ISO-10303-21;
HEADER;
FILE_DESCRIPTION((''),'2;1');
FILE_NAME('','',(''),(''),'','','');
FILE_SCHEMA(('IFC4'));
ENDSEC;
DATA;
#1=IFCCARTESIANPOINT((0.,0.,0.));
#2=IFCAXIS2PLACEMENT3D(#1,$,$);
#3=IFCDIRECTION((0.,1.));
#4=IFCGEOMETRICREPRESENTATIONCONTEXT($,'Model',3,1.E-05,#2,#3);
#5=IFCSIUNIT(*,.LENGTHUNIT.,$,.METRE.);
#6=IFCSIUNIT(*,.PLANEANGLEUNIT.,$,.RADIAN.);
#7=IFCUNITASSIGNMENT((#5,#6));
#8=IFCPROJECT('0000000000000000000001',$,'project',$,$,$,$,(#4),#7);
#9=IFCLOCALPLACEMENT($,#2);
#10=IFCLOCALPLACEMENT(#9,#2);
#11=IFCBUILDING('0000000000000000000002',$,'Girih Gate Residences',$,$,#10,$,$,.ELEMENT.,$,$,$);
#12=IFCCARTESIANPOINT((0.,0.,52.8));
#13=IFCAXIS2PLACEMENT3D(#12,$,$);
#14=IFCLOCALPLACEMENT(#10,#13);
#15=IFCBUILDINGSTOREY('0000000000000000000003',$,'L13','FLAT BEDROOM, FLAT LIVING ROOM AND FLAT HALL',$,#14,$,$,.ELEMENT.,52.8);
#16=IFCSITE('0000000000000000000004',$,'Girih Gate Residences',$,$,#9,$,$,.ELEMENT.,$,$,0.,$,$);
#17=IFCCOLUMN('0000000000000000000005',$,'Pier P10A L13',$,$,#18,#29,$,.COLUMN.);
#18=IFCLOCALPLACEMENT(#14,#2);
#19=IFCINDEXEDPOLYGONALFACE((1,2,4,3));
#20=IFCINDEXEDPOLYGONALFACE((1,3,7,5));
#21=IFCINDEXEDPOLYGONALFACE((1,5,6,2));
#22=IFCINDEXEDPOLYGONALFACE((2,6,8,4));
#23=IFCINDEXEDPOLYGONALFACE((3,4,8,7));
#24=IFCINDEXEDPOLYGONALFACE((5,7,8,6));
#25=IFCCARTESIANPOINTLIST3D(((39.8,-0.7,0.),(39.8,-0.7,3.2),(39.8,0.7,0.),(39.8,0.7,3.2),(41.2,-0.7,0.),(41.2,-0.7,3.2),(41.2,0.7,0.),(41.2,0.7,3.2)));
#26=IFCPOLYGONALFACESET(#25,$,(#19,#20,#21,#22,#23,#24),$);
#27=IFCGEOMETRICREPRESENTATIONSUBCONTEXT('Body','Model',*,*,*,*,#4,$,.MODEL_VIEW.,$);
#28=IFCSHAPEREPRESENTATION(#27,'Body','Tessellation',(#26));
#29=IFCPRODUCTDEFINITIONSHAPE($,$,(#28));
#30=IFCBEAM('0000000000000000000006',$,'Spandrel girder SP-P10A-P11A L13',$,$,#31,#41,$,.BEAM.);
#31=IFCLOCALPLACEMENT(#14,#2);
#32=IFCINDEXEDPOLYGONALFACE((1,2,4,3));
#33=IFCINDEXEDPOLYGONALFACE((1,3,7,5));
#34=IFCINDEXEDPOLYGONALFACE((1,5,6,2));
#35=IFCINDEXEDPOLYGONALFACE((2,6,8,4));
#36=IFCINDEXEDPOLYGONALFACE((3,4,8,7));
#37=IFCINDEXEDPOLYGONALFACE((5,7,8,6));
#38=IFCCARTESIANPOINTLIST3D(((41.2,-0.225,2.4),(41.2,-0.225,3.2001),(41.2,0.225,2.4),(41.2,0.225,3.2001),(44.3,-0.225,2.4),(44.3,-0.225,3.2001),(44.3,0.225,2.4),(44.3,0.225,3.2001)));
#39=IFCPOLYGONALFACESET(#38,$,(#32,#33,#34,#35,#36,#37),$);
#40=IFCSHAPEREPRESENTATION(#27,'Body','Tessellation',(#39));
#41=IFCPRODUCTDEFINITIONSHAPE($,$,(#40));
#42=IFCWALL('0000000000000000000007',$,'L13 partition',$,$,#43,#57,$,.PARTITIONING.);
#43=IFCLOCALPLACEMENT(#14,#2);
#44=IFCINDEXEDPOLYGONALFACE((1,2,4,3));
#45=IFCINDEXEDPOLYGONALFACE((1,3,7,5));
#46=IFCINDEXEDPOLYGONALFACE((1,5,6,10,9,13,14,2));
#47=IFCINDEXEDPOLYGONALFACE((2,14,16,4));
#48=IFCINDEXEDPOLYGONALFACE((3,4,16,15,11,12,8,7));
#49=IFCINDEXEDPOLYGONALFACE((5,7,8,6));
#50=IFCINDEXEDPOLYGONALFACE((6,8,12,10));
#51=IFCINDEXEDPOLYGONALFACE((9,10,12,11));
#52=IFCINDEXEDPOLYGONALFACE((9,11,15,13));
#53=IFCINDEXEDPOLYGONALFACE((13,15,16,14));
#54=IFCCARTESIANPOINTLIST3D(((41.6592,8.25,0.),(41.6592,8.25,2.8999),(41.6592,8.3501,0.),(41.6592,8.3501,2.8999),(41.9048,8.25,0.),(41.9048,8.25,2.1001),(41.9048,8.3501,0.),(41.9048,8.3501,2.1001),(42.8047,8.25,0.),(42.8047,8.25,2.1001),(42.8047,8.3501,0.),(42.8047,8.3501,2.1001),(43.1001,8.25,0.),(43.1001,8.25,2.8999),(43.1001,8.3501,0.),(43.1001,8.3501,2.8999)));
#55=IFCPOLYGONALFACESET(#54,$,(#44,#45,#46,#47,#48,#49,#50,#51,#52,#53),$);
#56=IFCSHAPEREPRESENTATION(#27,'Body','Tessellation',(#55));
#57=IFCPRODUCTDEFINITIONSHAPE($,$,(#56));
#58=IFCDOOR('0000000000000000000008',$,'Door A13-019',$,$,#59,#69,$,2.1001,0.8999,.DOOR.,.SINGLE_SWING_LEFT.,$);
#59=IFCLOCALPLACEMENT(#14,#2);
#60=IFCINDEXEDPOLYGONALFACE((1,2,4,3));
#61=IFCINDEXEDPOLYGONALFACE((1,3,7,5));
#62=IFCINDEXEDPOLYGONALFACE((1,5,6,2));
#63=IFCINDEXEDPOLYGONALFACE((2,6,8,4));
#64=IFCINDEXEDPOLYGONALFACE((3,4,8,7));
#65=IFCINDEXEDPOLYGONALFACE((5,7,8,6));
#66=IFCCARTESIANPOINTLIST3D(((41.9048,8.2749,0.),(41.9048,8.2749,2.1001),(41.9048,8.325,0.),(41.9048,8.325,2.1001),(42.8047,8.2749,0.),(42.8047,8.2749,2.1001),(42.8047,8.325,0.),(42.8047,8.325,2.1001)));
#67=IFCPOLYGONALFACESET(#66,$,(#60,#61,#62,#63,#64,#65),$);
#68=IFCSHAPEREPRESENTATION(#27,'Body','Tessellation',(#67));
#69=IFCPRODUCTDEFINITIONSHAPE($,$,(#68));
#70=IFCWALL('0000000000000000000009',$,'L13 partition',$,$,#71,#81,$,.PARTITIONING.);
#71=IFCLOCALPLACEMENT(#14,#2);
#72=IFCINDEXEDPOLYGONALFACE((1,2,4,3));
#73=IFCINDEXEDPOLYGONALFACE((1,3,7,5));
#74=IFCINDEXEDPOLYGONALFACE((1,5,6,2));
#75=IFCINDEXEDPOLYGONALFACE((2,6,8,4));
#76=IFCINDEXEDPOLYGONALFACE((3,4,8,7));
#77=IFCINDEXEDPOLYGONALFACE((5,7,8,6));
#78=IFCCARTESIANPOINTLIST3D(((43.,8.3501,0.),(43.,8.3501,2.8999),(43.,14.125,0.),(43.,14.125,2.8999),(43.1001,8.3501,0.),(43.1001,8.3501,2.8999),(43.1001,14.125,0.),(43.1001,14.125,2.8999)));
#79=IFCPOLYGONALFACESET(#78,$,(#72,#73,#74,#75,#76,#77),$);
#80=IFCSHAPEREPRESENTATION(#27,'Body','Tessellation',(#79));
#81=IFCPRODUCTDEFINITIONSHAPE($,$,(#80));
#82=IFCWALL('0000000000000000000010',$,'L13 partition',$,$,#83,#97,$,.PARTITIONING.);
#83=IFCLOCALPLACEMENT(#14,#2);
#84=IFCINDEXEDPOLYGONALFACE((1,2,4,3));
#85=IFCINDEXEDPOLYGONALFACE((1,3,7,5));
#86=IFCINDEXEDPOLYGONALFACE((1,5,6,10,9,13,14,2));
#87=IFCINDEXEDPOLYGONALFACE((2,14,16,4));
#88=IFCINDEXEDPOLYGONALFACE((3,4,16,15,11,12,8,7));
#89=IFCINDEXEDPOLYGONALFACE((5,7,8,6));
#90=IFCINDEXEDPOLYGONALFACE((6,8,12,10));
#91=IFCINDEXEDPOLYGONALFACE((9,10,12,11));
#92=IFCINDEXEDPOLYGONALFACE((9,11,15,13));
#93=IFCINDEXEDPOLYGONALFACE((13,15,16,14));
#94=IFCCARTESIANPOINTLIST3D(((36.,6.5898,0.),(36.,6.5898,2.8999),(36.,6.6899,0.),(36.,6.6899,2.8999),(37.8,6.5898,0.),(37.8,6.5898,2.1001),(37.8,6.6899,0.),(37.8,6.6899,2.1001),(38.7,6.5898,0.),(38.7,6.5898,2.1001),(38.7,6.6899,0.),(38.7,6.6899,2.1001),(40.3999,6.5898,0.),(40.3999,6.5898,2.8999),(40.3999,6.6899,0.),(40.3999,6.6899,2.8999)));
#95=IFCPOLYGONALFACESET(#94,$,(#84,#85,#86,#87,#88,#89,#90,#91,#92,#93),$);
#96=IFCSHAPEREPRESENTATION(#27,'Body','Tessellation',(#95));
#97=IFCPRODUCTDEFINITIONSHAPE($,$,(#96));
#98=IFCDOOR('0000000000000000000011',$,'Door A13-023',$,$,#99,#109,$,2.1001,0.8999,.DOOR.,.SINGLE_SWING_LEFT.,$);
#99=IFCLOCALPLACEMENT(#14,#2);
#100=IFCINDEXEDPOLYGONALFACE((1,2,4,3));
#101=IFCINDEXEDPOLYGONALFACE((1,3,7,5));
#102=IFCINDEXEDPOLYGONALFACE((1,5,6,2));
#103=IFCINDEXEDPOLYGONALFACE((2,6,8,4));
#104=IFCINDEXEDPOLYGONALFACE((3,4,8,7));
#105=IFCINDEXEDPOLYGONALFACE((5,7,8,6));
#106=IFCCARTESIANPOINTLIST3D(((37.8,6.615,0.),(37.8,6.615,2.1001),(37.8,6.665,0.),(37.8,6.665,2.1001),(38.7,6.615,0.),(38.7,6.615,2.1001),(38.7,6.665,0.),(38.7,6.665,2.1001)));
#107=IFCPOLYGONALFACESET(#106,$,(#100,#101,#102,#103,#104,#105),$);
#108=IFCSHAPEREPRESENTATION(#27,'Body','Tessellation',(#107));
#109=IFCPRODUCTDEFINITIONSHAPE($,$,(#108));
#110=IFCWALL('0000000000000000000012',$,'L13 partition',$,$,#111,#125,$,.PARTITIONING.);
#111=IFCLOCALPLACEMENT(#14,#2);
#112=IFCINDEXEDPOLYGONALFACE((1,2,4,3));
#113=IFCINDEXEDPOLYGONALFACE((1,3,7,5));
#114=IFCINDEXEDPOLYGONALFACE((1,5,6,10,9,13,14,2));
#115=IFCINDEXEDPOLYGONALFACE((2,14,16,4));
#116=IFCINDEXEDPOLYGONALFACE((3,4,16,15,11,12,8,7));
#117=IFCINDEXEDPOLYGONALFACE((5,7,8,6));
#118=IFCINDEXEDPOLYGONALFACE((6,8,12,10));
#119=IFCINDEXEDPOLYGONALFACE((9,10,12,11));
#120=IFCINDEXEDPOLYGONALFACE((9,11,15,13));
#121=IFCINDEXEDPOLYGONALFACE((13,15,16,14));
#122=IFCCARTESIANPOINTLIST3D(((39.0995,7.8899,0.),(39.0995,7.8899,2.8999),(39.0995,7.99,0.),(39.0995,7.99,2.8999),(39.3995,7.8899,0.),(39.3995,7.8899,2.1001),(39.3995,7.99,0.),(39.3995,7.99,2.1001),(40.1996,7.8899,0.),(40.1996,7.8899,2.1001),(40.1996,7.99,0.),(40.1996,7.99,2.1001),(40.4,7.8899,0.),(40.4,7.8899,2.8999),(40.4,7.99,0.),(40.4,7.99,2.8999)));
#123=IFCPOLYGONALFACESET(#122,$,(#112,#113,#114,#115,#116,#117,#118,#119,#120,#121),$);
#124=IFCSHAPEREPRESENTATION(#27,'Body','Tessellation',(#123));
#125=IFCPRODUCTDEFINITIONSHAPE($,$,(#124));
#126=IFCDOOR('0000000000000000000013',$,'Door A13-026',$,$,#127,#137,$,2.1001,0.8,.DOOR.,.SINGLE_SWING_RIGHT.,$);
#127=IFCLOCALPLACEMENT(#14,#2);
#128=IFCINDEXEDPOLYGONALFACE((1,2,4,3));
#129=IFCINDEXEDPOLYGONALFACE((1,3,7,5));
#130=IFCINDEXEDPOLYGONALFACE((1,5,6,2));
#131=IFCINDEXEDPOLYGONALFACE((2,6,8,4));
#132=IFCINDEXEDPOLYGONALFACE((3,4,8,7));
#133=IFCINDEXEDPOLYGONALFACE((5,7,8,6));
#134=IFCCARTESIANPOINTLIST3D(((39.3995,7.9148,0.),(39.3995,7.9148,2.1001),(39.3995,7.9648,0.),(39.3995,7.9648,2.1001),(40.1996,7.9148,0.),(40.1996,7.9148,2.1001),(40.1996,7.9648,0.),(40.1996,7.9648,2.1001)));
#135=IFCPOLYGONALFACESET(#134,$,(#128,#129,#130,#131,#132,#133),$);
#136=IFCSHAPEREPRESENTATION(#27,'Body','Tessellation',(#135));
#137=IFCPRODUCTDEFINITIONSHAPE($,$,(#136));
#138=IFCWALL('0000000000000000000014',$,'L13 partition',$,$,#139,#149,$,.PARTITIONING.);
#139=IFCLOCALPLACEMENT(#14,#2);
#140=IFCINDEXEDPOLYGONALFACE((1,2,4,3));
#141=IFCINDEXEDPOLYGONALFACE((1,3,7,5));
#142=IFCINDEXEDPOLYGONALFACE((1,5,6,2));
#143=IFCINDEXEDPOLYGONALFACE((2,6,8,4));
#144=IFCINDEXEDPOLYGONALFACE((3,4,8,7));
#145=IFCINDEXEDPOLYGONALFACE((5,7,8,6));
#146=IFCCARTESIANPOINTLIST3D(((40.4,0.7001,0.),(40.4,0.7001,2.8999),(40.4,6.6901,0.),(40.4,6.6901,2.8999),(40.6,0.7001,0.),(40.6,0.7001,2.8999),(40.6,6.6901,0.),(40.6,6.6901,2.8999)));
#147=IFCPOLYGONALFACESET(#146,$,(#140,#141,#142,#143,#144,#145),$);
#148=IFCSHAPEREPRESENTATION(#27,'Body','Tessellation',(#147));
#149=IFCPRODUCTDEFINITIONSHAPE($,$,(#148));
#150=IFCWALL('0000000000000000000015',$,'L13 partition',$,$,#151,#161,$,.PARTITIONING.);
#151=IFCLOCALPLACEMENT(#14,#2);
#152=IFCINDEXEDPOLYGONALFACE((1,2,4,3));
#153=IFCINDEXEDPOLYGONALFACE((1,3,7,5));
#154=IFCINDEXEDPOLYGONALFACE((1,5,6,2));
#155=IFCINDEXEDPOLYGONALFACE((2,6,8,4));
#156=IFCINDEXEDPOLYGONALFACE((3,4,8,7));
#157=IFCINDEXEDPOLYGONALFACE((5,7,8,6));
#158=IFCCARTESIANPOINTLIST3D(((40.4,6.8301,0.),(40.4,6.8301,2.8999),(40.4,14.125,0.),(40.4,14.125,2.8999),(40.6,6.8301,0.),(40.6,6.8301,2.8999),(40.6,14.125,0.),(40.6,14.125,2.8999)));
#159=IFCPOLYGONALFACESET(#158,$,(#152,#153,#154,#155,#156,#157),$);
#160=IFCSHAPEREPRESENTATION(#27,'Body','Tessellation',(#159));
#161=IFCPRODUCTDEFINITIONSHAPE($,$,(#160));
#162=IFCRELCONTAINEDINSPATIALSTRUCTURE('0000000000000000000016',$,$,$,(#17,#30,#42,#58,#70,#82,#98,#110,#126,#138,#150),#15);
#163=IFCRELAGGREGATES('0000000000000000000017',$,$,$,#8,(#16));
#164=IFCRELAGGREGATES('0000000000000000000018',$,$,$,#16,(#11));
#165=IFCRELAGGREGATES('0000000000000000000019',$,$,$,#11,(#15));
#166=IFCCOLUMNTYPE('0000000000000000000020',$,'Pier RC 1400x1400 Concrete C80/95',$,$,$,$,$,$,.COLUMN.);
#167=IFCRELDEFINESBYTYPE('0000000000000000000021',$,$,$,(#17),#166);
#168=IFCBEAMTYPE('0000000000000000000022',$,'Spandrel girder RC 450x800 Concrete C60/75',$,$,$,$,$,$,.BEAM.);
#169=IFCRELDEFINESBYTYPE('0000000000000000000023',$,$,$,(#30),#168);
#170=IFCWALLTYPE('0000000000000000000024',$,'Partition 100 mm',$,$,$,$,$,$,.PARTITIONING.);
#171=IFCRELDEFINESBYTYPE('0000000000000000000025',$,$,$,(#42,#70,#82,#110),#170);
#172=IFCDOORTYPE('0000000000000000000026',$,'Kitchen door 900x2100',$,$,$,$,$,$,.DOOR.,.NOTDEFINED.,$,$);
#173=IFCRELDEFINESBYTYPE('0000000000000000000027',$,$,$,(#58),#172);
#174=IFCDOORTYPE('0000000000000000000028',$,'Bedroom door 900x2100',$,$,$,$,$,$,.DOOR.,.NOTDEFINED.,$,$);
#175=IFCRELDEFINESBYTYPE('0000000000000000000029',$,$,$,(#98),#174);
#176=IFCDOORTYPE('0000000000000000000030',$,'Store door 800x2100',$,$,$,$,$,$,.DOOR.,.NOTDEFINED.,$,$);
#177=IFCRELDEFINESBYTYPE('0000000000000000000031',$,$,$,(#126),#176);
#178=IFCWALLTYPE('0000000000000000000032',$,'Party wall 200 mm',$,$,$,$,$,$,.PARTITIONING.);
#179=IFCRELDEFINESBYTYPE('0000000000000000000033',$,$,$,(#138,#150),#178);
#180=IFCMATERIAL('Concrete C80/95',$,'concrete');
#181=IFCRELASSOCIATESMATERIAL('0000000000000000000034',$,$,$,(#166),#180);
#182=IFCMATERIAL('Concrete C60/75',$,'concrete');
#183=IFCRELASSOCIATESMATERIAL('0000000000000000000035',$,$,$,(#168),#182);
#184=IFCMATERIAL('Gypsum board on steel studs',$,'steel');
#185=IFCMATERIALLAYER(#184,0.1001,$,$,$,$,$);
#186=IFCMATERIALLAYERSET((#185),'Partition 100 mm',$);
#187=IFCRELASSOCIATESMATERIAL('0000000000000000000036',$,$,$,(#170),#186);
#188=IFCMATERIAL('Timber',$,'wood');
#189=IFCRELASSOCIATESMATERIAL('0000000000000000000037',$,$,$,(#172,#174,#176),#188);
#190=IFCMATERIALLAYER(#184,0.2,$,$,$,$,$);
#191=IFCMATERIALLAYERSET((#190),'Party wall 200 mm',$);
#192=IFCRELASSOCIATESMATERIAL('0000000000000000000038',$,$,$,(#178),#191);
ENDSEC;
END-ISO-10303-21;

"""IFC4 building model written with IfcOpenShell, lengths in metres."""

from ifc_helpers import new_model, si_unit, direction, frame, frame_2d, origin, origin_2d, place, context, subcontext, project, spatial, rectangle, extrude, material, layer, layer_set, material_profile, profile_set, type_object, element, fill, save


model = new_model("IFC4")

# Units and contexts
model_context = context("Model", 3, precision=1e-05, world=origin(), true_north=direction((0.0, 1.0)))
body_context = subcontext(model_context, "Body", "Model", "MODEL_VIEW")
ifc_project = project(units=[si_unit("LENGTHUNIT", "METRE"), si_unit("PLANEANGLEUNIT", "RADIAN")], contexts=[model_context])

# Site, building, storey
site_placement = place(None, origin())
site = spatial("IfcSite", under=ifc_project, at=site_placement, Name="Girih Gate Residences", CompositionType="ELEMENT", RefElevation=0.0)
building_placement = place(site_placement, origin())
building = spatial("IfcBuilding", under=site, at=building_placement, Name="Girih Gate Residences", CompositionType="ELEMENT")
storey_placement = place(building_placement, frame((0.0, 0.0, 52.8)))
storey = spatial("IfcBuildingStorey", under=building, at=storey_placement, Name="L13", Description="FLAT BEDROOM, FLAT LIVING ROOM AND FLAT HALL", CompositionType="ELEMENT", Elevation=52.8)

# Column
ifc_material_1 = material(Name="Concrete C80/95", Category="concrete")
ifc_material_profile_1 = material_profile(ifc_material_1, rectangle(XDim=1.3999, YDim=1.3999, at=origin_2d()))
ifc_profile_set_1 = profile_set([ifc_material_profile_1], Name="Concrete C80/95")
column_type = type_object("IfcColumnType", Name="Pier RC 1400x1400 Concrete C80/95", PredefinedType="COLUMN", material=ifc_profile_set_1)
column_placement = place(storey_placement, frame((40.5, 0.0, 0.0), z_axis=(0.0, 0.0, 1.0), x_axis=(1.0, 0.0, 0.0)))
element("IfcColumn", 1, at=column_placement, inside=storey, type_object=column_type, Name="Pier P10A L13", PredefinedType="COLUMN", context=body_context, shape_type="SweptSolid", body=[
    extrude(rectangle(XDim=1.3999, YDim=1.3999, at=origin_2d()), origin(), (0.0, 0.0, 1.0), 3.2),
])

# Beam
ifc_material_2 = material(Name="Concrete C60/75", Category="concrete")
ifc_material_profile_2 = material_profile(ifc_material_2, rectangle(XDim=0.45, YDim=0.8, at=origin_2d()))
ifc_profile_set_2 = profile_set([ifc_material_profile_2], Name="Concrete C60/75")
beam_type = type_object("IfcBeamType", Name="Spandrel girder RC 450x800 Concrete C60/75", PredefinedType="BEAM", material=ifc_profile_set_2)
beam_placement = place(storey_placement, frame((41.2, 0.0, 2.8), z_axis=(1.0, 0.0, 0.0), x_axis=(0.0, 1.0, 0.0)))
element("IfcBeam", 2, at=beam_placement, inside=storey, type_object=beam_type, Name="Spandrel girder SP-P10A-P11A L13", PredefinedType="BEAM", context=body_context, shape_type="SweptSolid", body=[
    extrude(rectangle(XDim=0.45, YDim=0.8, at=origin_2d()), origin(), (0.0, 0.0, 1.0), 3.1001),
])

# Wall, opening, door
ifc_material_3 = material(Name="Gypsum board on steel studs", Category="steel")
ifc_layer_1 = layer(ifc_material_3, 0.1001)
ifc_layer_set_1 = layer_set([ifc_layer_1], Name="Partition 100 mm")
wall_type_1 = type_object("IfcWallType", Name="Partition 100 mm", PredefinedType="PARTITIONING", material=ifc_layer_set_1)
wall_1_placement = place(storey_placement, frame((41.6592, 8.3, 0.0), z_axis=(0.0, 0.0, 1.0), x_axis=(1.0, 0.0, 0.0)))
wall_1 = element("IfcWall", 3, at=wall_1_placement, inside=storey, type_object=wall_type_1, Name="L13 partition", PredefinedType="PARTITIONING", context=body_context, shape_type="SweptSolid", body=[
    extrude(rectangle(XDim=1.4409, YDim=0.1001, at=frame_2d((0.7205, 0.0))), origin(), (0.0, 0.0, 1.0), 2.8999),
])
opening_1_placement = place(wall_1_placement, frame((0.2456, 0.0, 0.0)))
opening_1 = element("IfcOpeningElement", 4, at=opening_1_placement, cuts=wall_1, PredefinedType="OPENING", context=body_context, shape_type="SweptSolid", body=[
    extrude(rectangle(XDim=0.8999, YDim=2.1001, at=frame_2d((0.45, 1.05))), frame((0.0, 0.0601, 0.0), z_axis=(0.0, -1.0, 0.0), x_axis=(1.0, 0.0, 0.0)), (0.0, 0.0, 1.0), 0.1201),
])
ifc_material_4 = material(Name="Timber", Category="wood")
door_type_1 = type_object("IfcDoorType", Name="Kitchen door 900x2100", OperationType="NOTDEFINED", PredefinedType="DOOR", material=ifc_material_4)
door_1_placement = place(opening_1_placement, origin())
door_1 = element("IfcDoor", 5, at=door_1_placement, inside=storey, type_object=door_type_1, Name="Door A13-019", OperationType="SINGLE_SWING_LEFT", OverallHeight=2.1001, OverallWidth=0.8999, PredefinedType="DOOR", context=body_context, shape_type="SweptSolid", body=[
    extrude(rectangle(XDim=0.8999, YDim=2.1001, at=frame_2d((0.45, 1.05))), frame((0.0, 0.0249, 0.0), z_axis=(0.0, -1.0, 0.0), x_axis=(1.0, 0.0, 0.0)), (0.0, 0.0, 1.0), 0.05),
])
fill(opening_1, door_1)

# Wall
wall_2_placement = place(storey_placement, frame((43.05, 8.3501, 0.0), z_axis=(0.0, 0.0, 1.0), x_axis=(0.0, 1.0, 0.0)))
element("IfcWall", 6, at=wall_2_placement, inside=storey, type_object=wall_type_1, Name="L13 partition", PredefinedType="PARTITIONING", context=body_context, shape_type="SweptSolid", body=[
    extrude(rectangle(XDim=5.7749, YDim=0.1001, at=frame_2d((2.8875, 0.0))), origin(), (0.0, 0.0, 1.0), 2.8999),
])

# Walls, openings, doors
wall_3_placement = place(storey_placement, frame((40.3999, 6.6399, 0.0), z_axis=(0.0, 0.0, 1.0), x_axis=(-1.0, 0.0, 0.0)))
wall_3 = element("IfcWall", 7, at=wall_3_placement, inside=storey, type_object=wall_type_1, Name="L13 partition", PredefinedType="PARTITIONING", context=body_context, shape_type="SweptSolid", body=[
    extrude(rectangle(XDim=4.3999, YDim=0.1001, at=frame_2d((2.2, 0.0))), origin(), (0.0, 0.0, 1.0), 2.8999),
])
opening_2_placement = place(wall_3_placement, frame((1.7, 0.0, 0.0)))
opening_2 = element("IfcOpeningElement", 8, at=opening_2_placement, cuts=wall_3, PredefinedType="OPENING", context=body_context, shape_type="SweptSolid", body=[
    extrude(rectangle(XDim=0.8999, YDim=2.1001, at=frame_2d((0.45, 1.05))), frame((0.0, 0.0601, 0.0), z_axis=(0.0, -1.0, 0.0), x_axis=(1.0, 0.0, 0.0)), (0.0, 0.0, 1.0), 0.1201),
])
door_type_2 = type_object("IfcDoorType", Name="Bedroom door 900x2100", OperationType="NOTDEFINED", PredefinedType="DOOR", material=ifc_material_4)
door_2_placement = place(opening_2_placement, origin())
door_2 = element("IfcDoor", 9, at=door_2_placement, inside=storey, type_object=door_type_2, Name="Door A13-023", OperationType="SINGLE_SWING_LEFT", OverallHeight=2.1001, OverallWidth=0.8999, PredefinedType="DOOR", context=body_context, shape_type="SweptSolid", body=[
    extrude(rectangle(XDim=0.8999, YDim=2.1001, at=frame_2d((0.45, 1.05))), frame((0.0, 0.0249, 0.0), z_axis=(0.0, -1.0, 0.0), x_axis=(1.0, 0.0, 0.0)), (0.0, 0.0, 1.0), 0.05),
])
fill(opening_2, door_2)
wall_4_placement = place(storey_placement, frame((39.0994, 7.9399, 0.0), z_axis=(0.0, 0.0, 1.0), x_axis=(1.0, 0.0, 0.0)))
wall_4 = element("IfcWall", 10, at=wall_4_placement, inside=storey, type_object=wall_type_1, Name="L13 partition", PredefinedType="PARTITIONING", context=body_context, shape_type="SweptSolid", body=[
    extrude(rectangle(XDim=1.3005, YDim=0.1001, at=frame_2d((0.6504, 0.0))), origin(), (0.0, 0.0, 1.0), 2.8999),
])
opening_3_placement = place(wall_4_placement, frame((0.3003, 0.0, 0.0)))
opening_3 = element("IfcOpeningElement", 11, at=opening_3_placement, cuts=wall_4, PredefinedType="OPENING", context=body_context, shape_type="SweptSolid", body=[
    extrude(rectangle(XDim=0.8, YDim=2.1001, at=frame_2d((0.3999, 1.05))), frame((0.0, 0.0601, 0.0), z_axis=(0.0, -1.0, 0.0), x_axis=(1.0, 0.0, 0.0)), (0.0, 0.0, 1.0), 0.1201),
])
door_type_3 = type_object("IfcDoorType", Name="Store door 800x2100", OperationType="NOTDEFINED", PredefinedType="DOOR", material=ifc_material_4)
door_3_placement = place(opening_3_placement, origin())
door_3 = element("IfcDoor", 12, at=door_3_placement, inside=storey, type_object=door_type_3, Name="Door A13-026", OperationType="SINGLE_SWING_RIGHT", OverallHeight=2.1001, OverallWidth=0.8, PredefinedType="DOOR", context=body_context, shape_type="SweptSolid", body=[
    extrude(rectangle(XDim=0.8, YDim=2.1001, at=frame_2d((0.3999, 1.05))), frame((0.0, 0.0249, 0.0), z_axis=(0.0, -1.0, 0.0), x_axis=(1.0, 0.0, 0.0)), (0.0, 0.0, 1.0), 0.05),
])
fill(opening_3, door_3)

# Walls
ifc_layer_2 = layer(ifc_material_3, 0.2)
ifc_layer_set_2 = layer_set([ifc_layer_2], Name="Party wall 200 mm")
wall_type_2 = type_object("IfcWallType", Name="Party wall 200 mm", PredefinedType="PARTITIONING", material=ifc_layer_set_2)
wall_5_placement = place(storey_placement, frame((40.5, 0.7, 0.0), z_axis=(0.0, 0.0, 1.0), x_axis=(0.0, 1.0, 0.0)))
element("IfcWall", 13, at=wall_5_placement, inside=storey, type_object=wall_type_2, Name="L13 partition", PredefinedType="PARTITIONING", context=body_context, shape_type="SweptSolid", body=[
    extrude(rectangle(XDim=5.99, YDim=0.2, at=frame_2d((2.9951, 0.0))), origin(), (0.0, 0.0, 1.0), 2.8999),
])
wall_6_placement = place(storey_placement, frame((40.5, 6.8301, 0.0), z_axis=(0.0, 0.0, 1.0), x_axis=(0.0, 1.0, 0.0)))
element("IfcWall", 14, at=wall_6_placement, inside=storey, type_object=wall_type_2, Name="L13 partition", PredefinedType="PARTITIONING", context=body_context, shape_type="SweptSolid", body=[
    extrude(rectangle(XDim=7.2949, YDim=0.2, at=frame_2d((3.6475, 0.0))), origin(), (0.0, 0.0, 1.0), 2.8999),
])

save(model, "model.ifc")
